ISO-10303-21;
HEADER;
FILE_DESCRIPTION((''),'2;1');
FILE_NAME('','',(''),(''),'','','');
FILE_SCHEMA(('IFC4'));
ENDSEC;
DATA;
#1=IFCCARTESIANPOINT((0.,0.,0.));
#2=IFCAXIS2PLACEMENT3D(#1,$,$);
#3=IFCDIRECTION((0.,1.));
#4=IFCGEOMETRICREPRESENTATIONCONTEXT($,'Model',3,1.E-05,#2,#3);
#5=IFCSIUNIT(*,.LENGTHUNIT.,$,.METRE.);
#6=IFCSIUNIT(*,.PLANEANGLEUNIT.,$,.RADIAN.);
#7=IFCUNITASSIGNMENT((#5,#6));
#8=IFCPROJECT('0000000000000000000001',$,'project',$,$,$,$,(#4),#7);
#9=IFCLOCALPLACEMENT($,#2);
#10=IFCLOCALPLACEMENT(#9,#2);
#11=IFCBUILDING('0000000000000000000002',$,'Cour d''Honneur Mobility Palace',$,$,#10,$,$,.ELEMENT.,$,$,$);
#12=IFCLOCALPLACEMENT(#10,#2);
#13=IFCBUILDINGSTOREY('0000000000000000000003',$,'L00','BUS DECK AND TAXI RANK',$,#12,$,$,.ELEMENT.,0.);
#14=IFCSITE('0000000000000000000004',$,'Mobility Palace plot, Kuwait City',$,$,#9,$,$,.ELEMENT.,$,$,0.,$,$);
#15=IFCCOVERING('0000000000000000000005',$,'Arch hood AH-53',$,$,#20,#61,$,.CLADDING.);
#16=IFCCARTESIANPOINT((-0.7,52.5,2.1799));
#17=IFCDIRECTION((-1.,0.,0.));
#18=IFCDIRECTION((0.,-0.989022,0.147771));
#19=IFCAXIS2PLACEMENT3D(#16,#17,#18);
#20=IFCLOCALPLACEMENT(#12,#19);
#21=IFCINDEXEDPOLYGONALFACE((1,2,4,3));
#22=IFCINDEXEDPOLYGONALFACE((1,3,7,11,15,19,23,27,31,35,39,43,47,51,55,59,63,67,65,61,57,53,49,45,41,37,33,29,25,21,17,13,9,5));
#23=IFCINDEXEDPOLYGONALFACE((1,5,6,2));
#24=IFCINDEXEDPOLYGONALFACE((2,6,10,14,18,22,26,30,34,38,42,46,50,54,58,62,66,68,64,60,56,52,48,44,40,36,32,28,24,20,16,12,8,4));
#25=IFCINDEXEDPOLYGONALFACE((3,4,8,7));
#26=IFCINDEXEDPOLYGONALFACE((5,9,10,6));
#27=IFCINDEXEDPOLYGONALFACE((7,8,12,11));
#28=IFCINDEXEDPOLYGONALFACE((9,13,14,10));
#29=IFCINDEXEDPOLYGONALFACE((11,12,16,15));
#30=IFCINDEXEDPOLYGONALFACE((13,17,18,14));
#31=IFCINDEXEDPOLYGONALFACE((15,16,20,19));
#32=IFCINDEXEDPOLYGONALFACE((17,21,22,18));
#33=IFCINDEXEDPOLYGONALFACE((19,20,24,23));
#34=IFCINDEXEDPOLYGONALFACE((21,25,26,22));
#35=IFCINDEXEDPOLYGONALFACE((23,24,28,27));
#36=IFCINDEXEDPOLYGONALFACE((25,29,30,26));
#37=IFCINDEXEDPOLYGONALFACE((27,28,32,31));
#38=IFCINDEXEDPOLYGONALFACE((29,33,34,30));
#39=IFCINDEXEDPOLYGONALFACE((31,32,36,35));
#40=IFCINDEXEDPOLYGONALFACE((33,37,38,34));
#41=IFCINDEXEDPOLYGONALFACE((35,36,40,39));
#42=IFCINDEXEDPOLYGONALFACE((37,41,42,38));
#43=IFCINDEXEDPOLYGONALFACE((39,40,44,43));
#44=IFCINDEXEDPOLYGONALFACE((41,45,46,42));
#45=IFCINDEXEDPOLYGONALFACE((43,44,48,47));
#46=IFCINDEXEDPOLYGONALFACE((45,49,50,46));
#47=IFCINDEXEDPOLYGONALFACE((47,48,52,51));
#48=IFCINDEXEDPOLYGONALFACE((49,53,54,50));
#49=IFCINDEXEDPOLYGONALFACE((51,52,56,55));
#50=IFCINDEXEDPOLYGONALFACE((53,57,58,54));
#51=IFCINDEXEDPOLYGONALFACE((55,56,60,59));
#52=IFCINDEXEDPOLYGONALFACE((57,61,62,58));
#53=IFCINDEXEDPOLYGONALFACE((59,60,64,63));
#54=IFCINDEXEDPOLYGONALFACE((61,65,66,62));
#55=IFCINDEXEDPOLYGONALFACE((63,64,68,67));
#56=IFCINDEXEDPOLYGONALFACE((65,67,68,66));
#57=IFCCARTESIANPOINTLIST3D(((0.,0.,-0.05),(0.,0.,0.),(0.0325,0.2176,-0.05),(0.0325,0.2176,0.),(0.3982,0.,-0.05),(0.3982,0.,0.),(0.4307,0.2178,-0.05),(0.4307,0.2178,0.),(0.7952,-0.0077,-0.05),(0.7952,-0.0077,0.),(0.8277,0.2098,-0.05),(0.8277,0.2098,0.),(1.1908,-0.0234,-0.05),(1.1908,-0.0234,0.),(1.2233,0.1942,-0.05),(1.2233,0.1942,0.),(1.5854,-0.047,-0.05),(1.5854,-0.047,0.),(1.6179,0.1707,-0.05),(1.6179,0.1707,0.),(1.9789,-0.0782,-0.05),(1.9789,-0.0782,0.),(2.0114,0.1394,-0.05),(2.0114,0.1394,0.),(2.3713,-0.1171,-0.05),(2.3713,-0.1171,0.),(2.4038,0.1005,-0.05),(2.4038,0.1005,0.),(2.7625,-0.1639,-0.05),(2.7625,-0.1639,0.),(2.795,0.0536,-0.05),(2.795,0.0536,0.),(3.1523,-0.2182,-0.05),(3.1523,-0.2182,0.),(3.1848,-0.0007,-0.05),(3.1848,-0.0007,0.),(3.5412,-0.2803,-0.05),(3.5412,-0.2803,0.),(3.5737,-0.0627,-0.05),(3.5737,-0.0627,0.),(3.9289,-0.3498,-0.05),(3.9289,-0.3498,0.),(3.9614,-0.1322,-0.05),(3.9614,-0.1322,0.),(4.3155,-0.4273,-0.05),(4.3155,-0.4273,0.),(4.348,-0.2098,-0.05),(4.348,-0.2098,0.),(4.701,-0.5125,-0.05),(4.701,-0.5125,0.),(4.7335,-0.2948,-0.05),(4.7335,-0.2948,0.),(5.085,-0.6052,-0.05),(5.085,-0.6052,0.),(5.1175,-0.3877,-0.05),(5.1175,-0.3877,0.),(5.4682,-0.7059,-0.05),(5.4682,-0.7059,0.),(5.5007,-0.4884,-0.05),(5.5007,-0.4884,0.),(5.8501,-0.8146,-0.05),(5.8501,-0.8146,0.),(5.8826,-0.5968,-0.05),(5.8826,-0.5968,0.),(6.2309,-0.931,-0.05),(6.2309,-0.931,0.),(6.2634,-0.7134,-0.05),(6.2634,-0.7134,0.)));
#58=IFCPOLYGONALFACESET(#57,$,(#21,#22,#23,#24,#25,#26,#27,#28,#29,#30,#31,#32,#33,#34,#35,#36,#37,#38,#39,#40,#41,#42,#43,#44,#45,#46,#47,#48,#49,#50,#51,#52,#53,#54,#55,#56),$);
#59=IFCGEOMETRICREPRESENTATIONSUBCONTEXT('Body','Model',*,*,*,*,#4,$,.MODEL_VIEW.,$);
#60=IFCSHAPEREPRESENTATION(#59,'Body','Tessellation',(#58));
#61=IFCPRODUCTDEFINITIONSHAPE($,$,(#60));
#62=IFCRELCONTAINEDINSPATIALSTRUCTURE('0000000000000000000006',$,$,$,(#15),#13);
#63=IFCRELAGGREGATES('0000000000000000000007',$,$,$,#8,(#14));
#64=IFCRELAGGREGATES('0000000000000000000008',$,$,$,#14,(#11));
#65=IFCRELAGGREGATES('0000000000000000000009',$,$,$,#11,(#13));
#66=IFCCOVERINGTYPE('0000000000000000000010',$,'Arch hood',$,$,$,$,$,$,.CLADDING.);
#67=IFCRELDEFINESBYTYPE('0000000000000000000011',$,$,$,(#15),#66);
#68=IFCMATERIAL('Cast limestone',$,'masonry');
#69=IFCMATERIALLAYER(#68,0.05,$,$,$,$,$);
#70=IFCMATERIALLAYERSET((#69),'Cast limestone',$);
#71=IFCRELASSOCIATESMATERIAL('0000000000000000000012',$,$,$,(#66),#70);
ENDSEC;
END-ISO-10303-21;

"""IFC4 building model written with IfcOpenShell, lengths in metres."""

from ifc_helpers import new_model, si_unit, direction, frame, origin, place, context, subcontext, project, spatial, polyline, outline, extrude, material, layer, layer_set, type_object, element, save


model = new_model("IFC4")

# Units and contexts
model_context = context("Model", 3, precision=1e-05, world=origin(), true_north=direction((0.0, 1.0)))
body_context = subcontext(model_context, "Body", "Model", "MODEL_VIEW")
ifc_project = project(units=[si_unit("LENGTHUNIT", "METRE"), si_unit("PLANEANGLEUNIT", "RADIAN")], contexts=[model_context])

# Site, building, storey
site_placement = place(None, origin())
site = spatial("IfcSite", under=ifc_project, at=site_placement, Name="Mobility Palace plot, Kuwait City", CompositionType="ELEMENT", RefElevation=0.0)
building_placement = place(site_placement, origin())
building = spatial("IfcBuilding", under=site, at=building_placement, Name="Cour d'Honneur Mobility Palace", CompositionType="ELEMENT")
storey_placement = place(building_placement, origin())
storey = spatial("IfcBuildingStorey", under=building, at=storey_placement, Name="L00", Description="BUS DECK AND TAXI RANK", CompositionType="ELEMENT", Elevation=0.0)

# Covering
ifc_material_1 = material(Name="Cast limestone", Category="masonry")
ifc_layer_1 = layer(ifc_material_1, 0.05)
ifc_layer_set_1 = layer_set([ifc_layer_1], Name="Cast limestone")
covering_type = type_object("IfcCoveringType", Name="Arch hood", PredefinedType="CLADDING", material=ifc_layer_set_1)
covering_placement = place(storey_placement, frame((-0.7, 52.5, 2.1799), z_axis=(-1.0, 0.0, 0.0), x_axis=(0.0, -0.989022, 0.147771)))
element("IfcCovering", 1, at=covering_placement, inside=storey, type_object=covering_type, Name="Arch hood AH-53", PredefinedType="CLADDING", context=body_context, shape_type="SweptSolid", body=[
    extrude(outline(polyline([(0.0, 0.0), (0.3982, 0.0), (0.7952, -0.0077), (1.1908, -0.0234), (1.5854, -0.047), (1.9789, -0.0782), (2.3713, -0.1171), (2.7625, -0.1639), (3.1523, -0.2182), (3.5412, -0.2803), (3.9289, -0.3498), (4.3155, -0.4273), (4.701, -0.5125), (5.085, -0.6052), (5.4682, -0.7059), (5.8501, -0.8146), (6.2309, -0.931), (6.2634, -0.7134), (5.8826, -0.5968), (5.5007, -0.4884), (5.1175, -0.3877), (4.7335, -0.2948), (4.348, -0.2098), (3.9614, -0.1322), (3.5737, -0.0627), (3.1848, -0.0007), (2.795, 0.0536), (2.4038, 0.1005), (2.0114, 0.1394), (1.6179, 0.1707), (1.2233, 0.1942), (0.8277, 0.2098), (0.4307, 0.2178), (0.0325, 0.2176), (0.0, 0.0)])), origin(), (0.0, 0.0, -1.0), 0.05),
])

save(model, "model.ifc")
